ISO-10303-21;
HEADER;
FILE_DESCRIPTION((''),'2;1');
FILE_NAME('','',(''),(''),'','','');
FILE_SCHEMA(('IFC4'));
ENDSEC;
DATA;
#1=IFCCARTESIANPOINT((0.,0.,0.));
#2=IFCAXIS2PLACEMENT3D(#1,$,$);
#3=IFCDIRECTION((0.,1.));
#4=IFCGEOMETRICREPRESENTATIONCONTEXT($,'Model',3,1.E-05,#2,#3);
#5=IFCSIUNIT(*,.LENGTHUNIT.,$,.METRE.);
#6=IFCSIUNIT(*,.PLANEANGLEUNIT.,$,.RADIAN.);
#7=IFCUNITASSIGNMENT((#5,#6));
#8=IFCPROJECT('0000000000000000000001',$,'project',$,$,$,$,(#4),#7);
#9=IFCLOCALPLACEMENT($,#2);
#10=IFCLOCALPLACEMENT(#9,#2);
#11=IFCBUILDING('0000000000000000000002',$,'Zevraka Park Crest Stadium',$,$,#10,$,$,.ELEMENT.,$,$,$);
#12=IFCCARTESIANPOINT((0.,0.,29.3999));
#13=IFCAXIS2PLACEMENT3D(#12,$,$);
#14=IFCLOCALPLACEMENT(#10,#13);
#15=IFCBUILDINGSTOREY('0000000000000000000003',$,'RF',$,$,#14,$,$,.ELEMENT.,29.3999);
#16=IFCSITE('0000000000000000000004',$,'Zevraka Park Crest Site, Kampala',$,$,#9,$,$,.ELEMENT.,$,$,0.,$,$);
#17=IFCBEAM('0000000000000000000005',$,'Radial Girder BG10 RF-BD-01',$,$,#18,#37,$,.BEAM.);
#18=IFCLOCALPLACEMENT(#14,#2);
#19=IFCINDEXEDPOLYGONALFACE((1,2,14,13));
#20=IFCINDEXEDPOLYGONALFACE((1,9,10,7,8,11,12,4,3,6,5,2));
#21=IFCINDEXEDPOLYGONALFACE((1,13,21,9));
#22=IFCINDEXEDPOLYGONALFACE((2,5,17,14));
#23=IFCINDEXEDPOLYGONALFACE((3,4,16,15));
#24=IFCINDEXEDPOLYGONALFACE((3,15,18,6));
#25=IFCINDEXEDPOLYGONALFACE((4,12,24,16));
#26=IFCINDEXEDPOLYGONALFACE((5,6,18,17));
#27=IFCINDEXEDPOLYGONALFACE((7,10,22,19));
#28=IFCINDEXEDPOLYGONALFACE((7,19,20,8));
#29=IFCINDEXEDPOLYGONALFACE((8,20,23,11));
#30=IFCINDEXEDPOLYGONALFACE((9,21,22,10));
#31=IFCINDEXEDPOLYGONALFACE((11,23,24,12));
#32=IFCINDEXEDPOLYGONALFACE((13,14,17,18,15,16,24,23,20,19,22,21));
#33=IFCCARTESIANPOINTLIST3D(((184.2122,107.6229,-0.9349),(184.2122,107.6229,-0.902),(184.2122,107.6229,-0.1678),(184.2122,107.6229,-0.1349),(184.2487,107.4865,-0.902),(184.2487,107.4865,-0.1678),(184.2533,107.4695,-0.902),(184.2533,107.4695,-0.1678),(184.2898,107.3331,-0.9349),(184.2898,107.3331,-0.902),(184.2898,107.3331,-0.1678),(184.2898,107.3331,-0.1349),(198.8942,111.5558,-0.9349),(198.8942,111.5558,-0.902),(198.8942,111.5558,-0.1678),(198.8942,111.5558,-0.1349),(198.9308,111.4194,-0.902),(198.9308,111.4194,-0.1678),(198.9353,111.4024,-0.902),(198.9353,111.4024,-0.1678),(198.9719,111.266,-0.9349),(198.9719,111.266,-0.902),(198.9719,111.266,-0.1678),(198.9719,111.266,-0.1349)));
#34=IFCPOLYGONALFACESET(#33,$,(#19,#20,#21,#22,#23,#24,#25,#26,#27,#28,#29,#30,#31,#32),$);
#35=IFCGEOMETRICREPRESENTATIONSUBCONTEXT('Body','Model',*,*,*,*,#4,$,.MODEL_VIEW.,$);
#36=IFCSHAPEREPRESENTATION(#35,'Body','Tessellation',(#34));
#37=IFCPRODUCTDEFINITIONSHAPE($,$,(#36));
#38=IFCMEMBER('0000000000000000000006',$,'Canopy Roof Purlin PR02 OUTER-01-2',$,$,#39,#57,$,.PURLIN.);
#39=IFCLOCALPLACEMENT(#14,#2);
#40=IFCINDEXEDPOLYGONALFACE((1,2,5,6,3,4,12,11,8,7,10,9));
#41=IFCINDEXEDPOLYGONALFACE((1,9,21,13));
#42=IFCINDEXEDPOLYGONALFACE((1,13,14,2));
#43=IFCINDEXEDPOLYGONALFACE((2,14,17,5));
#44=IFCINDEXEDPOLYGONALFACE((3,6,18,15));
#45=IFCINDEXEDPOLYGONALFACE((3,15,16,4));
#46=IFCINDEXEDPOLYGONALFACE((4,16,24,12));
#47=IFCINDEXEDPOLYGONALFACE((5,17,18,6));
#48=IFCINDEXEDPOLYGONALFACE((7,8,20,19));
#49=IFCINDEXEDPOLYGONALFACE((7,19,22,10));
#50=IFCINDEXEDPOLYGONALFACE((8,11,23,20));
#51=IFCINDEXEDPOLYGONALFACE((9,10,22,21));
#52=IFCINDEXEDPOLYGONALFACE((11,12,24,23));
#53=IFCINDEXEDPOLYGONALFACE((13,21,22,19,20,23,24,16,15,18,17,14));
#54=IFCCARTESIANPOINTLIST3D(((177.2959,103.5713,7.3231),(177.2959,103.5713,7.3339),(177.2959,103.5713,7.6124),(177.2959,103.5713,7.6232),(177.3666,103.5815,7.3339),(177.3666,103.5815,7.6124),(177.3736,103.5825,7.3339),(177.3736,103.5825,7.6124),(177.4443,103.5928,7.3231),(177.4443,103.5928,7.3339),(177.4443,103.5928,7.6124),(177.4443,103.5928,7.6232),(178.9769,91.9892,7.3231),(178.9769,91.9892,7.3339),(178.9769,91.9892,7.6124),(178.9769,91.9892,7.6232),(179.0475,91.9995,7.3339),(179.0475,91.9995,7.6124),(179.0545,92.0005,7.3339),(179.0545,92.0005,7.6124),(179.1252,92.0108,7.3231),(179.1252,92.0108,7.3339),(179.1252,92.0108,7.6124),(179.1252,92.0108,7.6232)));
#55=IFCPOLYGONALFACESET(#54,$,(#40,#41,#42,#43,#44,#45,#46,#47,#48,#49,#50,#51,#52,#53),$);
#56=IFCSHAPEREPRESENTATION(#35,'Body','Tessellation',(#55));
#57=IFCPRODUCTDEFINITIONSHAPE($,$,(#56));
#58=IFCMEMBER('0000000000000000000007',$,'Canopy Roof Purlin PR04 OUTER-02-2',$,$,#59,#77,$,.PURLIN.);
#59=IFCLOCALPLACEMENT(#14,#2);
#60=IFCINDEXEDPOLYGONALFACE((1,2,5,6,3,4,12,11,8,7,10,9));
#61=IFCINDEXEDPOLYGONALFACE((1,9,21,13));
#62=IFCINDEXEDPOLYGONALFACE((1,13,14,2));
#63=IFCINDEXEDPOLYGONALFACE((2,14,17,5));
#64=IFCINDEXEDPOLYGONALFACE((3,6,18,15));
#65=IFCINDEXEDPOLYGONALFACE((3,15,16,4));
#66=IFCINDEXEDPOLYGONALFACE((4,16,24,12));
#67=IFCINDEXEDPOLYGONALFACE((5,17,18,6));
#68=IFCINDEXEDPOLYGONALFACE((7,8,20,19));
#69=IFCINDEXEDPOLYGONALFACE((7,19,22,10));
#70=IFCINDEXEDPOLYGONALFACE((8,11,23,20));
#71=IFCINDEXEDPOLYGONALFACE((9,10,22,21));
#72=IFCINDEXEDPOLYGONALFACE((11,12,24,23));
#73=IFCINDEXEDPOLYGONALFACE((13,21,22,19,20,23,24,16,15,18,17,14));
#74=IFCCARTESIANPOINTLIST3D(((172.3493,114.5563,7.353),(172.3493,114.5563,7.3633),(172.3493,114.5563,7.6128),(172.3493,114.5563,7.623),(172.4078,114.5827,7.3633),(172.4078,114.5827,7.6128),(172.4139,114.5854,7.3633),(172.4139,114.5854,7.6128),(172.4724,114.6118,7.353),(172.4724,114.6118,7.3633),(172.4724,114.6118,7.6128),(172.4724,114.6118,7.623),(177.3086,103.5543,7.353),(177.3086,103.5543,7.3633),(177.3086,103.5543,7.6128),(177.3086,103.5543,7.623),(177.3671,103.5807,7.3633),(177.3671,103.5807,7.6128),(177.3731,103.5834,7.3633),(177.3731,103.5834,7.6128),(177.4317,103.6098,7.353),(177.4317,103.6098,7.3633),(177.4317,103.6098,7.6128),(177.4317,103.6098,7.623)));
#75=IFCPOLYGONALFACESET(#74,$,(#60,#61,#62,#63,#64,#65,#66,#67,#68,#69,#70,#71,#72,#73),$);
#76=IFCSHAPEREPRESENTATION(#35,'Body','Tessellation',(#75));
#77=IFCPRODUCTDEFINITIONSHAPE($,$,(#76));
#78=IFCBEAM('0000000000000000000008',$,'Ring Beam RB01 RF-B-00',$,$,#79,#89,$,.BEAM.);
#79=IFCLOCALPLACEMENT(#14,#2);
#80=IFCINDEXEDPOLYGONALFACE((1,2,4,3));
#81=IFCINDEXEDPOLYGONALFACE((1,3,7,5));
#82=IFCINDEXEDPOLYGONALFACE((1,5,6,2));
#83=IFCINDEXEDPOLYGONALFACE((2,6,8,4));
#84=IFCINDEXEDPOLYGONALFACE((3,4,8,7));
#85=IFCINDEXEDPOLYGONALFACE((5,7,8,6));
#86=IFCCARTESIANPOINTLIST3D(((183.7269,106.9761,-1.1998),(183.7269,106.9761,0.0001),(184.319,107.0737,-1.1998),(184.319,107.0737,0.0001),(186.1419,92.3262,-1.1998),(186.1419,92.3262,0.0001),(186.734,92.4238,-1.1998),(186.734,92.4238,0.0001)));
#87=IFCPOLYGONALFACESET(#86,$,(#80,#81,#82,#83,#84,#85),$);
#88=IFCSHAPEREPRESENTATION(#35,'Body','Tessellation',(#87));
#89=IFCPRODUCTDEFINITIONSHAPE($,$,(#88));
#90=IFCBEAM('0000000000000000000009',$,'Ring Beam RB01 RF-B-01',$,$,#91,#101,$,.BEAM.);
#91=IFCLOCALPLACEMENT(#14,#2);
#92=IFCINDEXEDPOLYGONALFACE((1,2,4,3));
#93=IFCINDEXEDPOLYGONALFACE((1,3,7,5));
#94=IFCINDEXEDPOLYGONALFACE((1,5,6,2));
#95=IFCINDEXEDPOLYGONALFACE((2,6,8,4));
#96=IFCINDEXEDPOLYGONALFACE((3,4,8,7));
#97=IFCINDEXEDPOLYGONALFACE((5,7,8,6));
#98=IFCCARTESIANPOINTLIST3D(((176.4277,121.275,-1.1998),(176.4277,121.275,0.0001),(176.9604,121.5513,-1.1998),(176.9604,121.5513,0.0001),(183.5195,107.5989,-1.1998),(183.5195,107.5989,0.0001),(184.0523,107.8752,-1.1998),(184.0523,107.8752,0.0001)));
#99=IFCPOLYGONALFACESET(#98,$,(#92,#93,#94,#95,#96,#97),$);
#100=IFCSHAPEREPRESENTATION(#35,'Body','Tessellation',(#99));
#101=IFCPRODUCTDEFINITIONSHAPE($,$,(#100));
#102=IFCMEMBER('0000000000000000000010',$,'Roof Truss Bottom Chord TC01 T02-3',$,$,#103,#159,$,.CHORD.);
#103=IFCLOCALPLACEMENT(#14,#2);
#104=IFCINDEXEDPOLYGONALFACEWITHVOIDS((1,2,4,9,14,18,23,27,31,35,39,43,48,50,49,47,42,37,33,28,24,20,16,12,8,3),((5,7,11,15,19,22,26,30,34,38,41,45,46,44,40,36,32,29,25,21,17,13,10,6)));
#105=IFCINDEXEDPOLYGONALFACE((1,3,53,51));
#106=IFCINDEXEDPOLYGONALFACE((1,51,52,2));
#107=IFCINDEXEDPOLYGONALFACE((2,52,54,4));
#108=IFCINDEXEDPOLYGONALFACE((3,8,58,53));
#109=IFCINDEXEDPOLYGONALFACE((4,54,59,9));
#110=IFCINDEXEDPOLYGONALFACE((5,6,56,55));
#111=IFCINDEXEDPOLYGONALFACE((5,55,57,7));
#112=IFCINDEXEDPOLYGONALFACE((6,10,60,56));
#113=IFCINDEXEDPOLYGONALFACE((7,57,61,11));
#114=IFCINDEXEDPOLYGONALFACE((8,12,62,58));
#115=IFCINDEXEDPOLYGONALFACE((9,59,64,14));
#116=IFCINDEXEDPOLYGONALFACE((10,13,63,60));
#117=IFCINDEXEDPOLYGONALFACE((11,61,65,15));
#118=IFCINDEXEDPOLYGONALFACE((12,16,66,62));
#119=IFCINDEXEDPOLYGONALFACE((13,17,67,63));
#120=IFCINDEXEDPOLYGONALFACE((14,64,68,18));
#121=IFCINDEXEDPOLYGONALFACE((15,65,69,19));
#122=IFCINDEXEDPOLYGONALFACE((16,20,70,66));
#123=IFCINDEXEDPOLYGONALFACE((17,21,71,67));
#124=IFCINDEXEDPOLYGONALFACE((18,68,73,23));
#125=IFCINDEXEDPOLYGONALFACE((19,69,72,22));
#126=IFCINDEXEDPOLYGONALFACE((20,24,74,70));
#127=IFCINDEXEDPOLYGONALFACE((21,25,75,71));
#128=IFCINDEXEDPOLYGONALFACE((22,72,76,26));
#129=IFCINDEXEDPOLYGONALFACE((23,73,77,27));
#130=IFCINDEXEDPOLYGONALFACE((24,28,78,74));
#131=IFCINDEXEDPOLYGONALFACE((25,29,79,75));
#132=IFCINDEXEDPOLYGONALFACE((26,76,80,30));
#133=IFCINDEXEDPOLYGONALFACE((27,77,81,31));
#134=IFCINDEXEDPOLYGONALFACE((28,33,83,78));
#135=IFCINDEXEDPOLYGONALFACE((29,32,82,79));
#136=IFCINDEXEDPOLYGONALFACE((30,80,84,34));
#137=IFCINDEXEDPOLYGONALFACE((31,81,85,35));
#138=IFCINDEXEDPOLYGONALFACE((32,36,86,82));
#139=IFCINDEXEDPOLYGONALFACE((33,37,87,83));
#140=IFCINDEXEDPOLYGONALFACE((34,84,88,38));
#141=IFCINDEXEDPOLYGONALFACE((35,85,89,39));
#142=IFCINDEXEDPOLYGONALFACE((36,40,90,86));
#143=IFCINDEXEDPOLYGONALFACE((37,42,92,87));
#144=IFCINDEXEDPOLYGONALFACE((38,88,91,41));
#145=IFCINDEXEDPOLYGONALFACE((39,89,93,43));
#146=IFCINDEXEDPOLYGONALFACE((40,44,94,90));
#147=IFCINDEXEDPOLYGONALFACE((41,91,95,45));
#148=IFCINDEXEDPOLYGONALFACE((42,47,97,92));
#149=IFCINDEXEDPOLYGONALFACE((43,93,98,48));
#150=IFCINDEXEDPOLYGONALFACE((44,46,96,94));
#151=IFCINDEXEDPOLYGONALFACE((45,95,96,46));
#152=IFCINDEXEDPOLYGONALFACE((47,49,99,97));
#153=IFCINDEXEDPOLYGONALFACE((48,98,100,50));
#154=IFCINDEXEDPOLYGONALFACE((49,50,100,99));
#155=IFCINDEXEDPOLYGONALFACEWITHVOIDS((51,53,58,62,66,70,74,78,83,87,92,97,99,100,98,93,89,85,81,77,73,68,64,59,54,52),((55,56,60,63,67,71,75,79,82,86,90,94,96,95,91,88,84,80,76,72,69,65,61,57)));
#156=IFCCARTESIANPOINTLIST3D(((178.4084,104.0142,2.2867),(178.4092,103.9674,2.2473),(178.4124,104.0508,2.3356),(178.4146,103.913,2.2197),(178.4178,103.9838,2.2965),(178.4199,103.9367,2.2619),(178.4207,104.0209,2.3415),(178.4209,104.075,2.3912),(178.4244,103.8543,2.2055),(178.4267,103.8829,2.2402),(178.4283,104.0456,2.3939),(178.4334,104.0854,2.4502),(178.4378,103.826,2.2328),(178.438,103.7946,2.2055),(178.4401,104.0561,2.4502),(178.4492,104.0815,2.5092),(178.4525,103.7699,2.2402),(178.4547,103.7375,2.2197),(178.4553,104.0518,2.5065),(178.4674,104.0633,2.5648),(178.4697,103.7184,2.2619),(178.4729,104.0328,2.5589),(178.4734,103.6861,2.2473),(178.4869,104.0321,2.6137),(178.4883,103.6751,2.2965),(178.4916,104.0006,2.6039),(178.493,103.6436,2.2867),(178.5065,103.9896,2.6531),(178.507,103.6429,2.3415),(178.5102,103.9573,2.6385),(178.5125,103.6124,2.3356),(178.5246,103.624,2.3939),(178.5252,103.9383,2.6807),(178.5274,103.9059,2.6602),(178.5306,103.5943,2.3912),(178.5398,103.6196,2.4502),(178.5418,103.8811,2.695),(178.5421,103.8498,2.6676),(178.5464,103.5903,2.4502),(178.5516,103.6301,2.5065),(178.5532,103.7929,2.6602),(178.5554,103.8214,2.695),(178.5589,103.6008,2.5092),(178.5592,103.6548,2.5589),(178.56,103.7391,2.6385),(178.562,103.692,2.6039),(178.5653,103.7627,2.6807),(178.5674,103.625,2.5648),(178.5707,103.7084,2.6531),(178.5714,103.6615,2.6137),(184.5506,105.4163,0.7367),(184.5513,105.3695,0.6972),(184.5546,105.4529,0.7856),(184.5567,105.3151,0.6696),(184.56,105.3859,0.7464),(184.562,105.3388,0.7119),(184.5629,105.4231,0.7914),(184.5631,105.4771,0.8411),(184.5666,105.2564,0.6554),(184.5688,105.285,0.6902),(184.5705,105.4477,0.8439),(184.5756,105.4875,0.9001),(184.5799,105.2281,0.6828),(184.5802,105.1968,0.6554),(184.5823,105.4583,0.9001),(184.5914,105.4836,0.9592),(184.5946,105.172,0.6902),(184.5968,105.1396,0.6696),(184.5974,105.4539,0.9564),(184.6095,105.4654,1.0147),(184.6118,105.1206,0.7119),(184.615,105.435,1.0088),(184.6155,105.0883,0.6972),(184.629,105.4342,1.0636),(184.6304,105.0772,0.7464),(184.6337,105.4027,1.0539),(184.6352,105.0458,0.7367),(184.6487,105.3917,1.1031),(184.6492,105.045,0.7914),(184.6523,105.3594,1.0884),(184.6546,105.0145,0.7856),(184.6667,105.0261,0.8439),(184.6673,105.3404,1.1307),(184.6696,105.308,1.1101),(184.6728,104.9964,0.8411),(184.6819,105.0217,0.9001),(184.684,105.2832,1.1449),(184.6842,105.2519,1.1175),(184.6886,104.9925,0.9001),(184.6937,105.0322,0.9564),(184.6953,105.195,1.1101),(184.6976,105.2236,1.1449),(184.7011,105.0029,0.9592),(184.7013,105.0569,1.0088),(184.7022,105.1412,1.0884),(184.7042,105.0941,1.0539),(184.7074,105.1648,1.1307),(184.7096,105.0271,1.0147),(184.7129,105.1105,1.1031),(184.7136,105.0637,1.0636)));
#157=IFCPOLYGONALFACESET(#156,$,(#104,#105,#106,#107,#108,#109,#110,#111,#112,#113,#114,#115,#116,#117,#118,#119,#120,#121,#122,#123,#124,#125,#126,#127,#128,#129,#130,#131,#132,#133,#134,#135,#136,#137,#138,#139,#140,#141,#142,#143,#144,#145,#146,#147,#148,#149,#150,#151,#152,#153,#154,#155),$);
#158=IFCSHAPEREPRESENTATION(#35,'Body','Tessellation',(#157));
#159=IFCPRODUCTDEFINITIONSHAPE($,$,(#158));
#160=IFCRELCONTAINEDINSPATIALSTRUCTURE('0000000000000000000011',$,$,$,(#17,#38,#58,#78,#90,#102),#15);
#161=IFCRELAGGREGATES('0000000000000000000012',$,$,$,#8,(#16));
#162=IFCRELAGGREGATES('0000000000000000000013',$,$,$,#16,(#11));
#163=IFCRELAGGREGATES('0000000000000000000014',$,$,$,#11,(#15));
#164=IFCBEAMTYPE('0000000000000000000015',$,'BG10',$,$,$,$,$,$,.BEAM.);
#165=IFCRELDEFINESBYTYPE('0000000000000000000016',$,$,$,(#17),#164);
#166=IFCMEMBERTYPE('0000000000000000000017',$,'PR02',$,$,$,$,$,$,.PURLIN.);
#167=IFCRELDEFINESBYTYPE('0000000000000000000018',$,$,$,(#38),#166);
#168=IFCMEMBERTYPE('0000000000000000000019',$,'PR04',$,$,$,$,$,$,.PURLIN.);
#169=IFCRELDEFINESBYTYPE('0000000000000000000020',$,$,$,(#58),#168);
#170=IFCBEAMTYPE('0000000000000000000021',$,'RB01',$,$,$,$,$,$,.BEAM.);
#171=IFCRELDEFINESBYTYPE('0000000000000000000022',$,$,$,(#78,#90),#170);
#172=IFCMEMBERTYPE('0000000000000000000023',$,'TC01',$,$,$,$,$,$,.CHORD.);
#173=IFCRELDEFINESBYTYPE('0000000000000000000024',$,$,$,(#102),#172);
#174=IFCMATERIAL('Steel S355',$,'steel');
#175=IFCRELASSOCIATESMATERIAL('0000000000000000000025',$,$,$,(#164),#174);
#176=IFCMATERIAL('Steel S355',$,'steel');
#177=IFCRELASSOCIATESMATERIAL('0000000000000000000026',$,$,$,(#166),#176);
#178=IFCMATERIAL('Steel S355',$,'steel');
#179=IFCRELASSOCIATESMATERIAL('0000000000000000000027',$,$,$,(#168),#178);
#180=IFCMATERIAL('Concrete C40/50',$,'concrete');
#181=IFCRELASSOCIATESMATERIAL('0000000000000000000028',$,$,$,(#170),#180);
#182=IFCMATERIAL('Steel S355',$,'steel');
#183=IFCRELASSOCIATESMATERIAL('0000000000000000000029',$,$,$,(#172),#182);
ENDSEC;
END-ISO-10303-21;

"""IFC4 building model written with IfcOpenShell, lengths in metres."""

from ifc_helpers import new_model, si_unit, direction, frame, origin, origin_2d, place, context, subcontext, project, spatial, rectangle, hollow_circle, i_section, extrude, material, material_profile, profile_set, type_object, element, save


model = new_model("IFC4")

# Units and contexts
model_context = context("Model", 3, precision=1e-05, world=origin(), true_north=direction((0.0, 1.0)))
body_context = subcontext(model_context, "Body", "Model", "MODEL_VIEW")
ifc_project = project(units=[si_unit("LENGTHUNIT", "METRE"), si_unit("PLANEANGLEUNIT", "RADIAN")], contexts=[model_context])

# Site, building, storey
site_placement = place(None, origin())
site = spatial("IfcSite", under=ifc_project, at=site_placement, Name="Zevraka Park Crest Site, Kampala", CompositionType="ELEMENT", RefElevation=0.0)
building_placement = place(site_placement, origin())
building = spatial("IfcBuilding", under=site, at=building_placement, Name="Zevraka Park Crest Stadium", CompositionType="ELEMENT")
storey_placement = place(building_placement, frame((0.0, 0.0, 29.3999)))
storey = spatial("IfcBuildingStorey", under=building, at=storey_placement, Name="RF", CompositionType="ELEMENT", Elevation=29.3999)

# Beam
ifc_material_1 = material(Name="Steel S355", Category="steel")
ifc_material_profile_1 = material_profile(ifc_material_1, i_section(OverallWidth=0.3, OverallDepth=0.8, WebThickness=0.0176, FlangeThickness=0.033, at=origin_2d()), Name="HEB 800")
ifc_profile_set_1 = profile_set([ifc_material_profile_1], Name="Steel S355")
beam_type_1 = type_object("IfcBeamType", Name="BG10", PredefinedType="BEAM", material=ifc_profile_set_1)
beam_1_placement = place(storey_placement, frame((184.251, 107.478, -0.5349), z_axis=(0.965946, 0.258745, 0.0), x_axis=(-0.258745, 0.965946, 0.0)))
element("IfcBeam", 1, at=beam_1_placement, inside=storey, type_object=beam_type_1, Name="Radial Girder BG10 RF-BD-01", PredefinedType="BEAM", context=body_context, shape_type="SweptSolid", body=[
    extrude(i_section(OverallWidth=0.3, OverallDepth=0.8, WebThickness=0.0176, FlangeThickness=0.033, at=origin_2d()), origin(), (0.0, 0.0, 1.0), 15.1997),
])

# Members
ifc_material_2 = material(Name="Steel S355", Category="steel")
ifc_material_profile_2 = material_profile(ifc_material_2, i_section(OverallWidth=0.1499, OverallDepth=0.3, WebThickness=0.0071, FlangeThickness=0.0107, at=origin_2d()), Name="IPE 300")
ifc_profile_set_2 = profile_set([ifc_material_profile_2], Name="Steel S355")
member_type_1 = type_object("IfcMemberType", Name="PR02", PredefinedType="PURLIN", material=ifc_profile_set_2)
member_1_placement = place(storey_placement, frame((179.051, 92.0, 7.4731), z_axis=(-0.143626, 0.989632, 0.0), x_axis=(-0.989632, -0.143626, 0.0)))
element("IfcMember", 2, at=member_1_placement, inside=storey, type_object=member_type_1, Name="Canopy Roof Purlin PR02 OUTER-01-2", PredefinedType="PURLIN", context=body_context, shape_type="SweptSolid", body=[
    extrude(i_section(OverallWidth=0.1499, OverallDepth=0.3, WebThickness=0.0071, FlangeThickness=0.0107, at=origin_2d()), origin(), (0.0, 0.0, 1.0), 11.7034),
])
ifc_material_3 = material(Name="Steel S355", Category="steel")
ifc_material_profile_3 = material_profile(ifc_material_3, i_section(OverallWidth=0.135, OverallDepth=0.27, WebThickness=0.0066, FlangeThickness=0.0103, at=origin_2d()), Name="IPE 270")
ifc_profile_set_3 = profile_set([ifc_material_profile_3], Name="Steel S355")
member_type_2 = type_object("IfcMemberType", Name="PR04", PredefinedType="PURLIN", material=ifc_profile_set_3)
member_2_placement = place(storey_placement, frame((177.3701, 103.582, 7.488), z_axis=(-0.41094, 0.911662, 0.0), x_axis=(-0.911662, -0.41094, 0.0)))
element("IfcMember", 3, at=member_2_placement, inside=storey, type_object=member_type_2, Name="Canopy Roof Purlin PR04 OUTER-02-2", PredefinedType="PURLIN", context=body_context, shape_type="SweptSolid", body=[
    extrude(i_section(OverallWidth=0.135, OverallDepth=0.27, WebThickness=0.0066, FlangeThickness=0.0103, at=origin_2d()), origin(), (0.0, 0.0, 1.0), 12.0681),
])

# Beams
ifc_material_4 = material(Name="Concrete C40/50", Category="concrete")
ifc_material_profile_4 = material_profile(ifc_material_4, rectangle(XDim=0.6001, YDim=1.2, at=origin_2d()), Name="RC 1200x600")
ifc_profile_set_4 = profile_set([ifc_material_profile_4], Name="Concrete C40/50")
beam_type_2 = type_object("IfcBeamType", Name="RB01", PredefinedType="BEAM", material=ifc_profile_set_4)
beam_2_placement = place(storey_placement, frame((186.438, 92.375, -0.5999), z_axis=(-0.162655, 0.986683, 0.0), x_axis=(-0.986683, -0.162655, 0.0)))
element("IfcBeam", 4, at=beam_2_placement, inside=storey, type_object=beam_type_2, Name="Ring Beam RB01 RF-B-00", PredefinedType="BEAM", context=body_context, shape_type="SweptSolid", body=[
    extrude(rectangle(XDim=0.6001, YDim=1.2, at=origin_2d()), origin(), (0.0, 0.0, 1.0), 14.8477),
])
beam_3_placement = place(storey_placement, frame((183.7859, 107.7371, -0.5999), z_axis=(-0.460344, 0.887741, 0.0), x_axis=(-0.887741, -0.460344, 0.0)))
element("IfcBeam", 5, at=beam_3_placement, inside=storey, type_object=beam_type_2, Name="Ring Beam RB01 RF-B-01", PredefinedType="BEAM", context=body_context, shape_type="SweptSolid", body=[
    extrude(rectangle(XDim=0.6001, YDim=1.2, at=origin_2d()), origin(), (0.0, 0.0, 1.0), 15.4055),
])

# Member
ifc_material_5 = material(Name="Steel S355", Category="steel")
ifc_material_profile_5 = material_profile(ifc_material_5, hollow_circle(Radius=0.2539, WallThickness=0.03, at=origin_2d()), Name="CHS 508.0x30")
ifc_profile_set_5 = profile_set([ifc_material_profile_5], Name="Steel S355")
member_type_3 = type_object("IfcMemberType", Name="TC01", PredefinedType="CHORD", material=ifc_profile_set_5)
member_3_placement = place(storey_placement, frame((184.6321, 105.24, 0.9001), z_axis=(-0.946688, -0.216107, 0.238911), x_axis=(0.222552, -0.974921, 0.0)))
element("IfcMember", 6, at=member_3_placement, inside=storey, type_object=member_type_3, Name="Roof Truss Bottom Chord TC01 T02-3", PredefinedType="CHORD", context=body_context, shape_type="SweptSolid", body=[
    extrude(hollow_circle(Radius=0.2539, WallThickness=0.03, at=origin_2d()), origin(), (0.0, 0.0, 1.0), 6.488),
])

save(model, "model.ifc")
